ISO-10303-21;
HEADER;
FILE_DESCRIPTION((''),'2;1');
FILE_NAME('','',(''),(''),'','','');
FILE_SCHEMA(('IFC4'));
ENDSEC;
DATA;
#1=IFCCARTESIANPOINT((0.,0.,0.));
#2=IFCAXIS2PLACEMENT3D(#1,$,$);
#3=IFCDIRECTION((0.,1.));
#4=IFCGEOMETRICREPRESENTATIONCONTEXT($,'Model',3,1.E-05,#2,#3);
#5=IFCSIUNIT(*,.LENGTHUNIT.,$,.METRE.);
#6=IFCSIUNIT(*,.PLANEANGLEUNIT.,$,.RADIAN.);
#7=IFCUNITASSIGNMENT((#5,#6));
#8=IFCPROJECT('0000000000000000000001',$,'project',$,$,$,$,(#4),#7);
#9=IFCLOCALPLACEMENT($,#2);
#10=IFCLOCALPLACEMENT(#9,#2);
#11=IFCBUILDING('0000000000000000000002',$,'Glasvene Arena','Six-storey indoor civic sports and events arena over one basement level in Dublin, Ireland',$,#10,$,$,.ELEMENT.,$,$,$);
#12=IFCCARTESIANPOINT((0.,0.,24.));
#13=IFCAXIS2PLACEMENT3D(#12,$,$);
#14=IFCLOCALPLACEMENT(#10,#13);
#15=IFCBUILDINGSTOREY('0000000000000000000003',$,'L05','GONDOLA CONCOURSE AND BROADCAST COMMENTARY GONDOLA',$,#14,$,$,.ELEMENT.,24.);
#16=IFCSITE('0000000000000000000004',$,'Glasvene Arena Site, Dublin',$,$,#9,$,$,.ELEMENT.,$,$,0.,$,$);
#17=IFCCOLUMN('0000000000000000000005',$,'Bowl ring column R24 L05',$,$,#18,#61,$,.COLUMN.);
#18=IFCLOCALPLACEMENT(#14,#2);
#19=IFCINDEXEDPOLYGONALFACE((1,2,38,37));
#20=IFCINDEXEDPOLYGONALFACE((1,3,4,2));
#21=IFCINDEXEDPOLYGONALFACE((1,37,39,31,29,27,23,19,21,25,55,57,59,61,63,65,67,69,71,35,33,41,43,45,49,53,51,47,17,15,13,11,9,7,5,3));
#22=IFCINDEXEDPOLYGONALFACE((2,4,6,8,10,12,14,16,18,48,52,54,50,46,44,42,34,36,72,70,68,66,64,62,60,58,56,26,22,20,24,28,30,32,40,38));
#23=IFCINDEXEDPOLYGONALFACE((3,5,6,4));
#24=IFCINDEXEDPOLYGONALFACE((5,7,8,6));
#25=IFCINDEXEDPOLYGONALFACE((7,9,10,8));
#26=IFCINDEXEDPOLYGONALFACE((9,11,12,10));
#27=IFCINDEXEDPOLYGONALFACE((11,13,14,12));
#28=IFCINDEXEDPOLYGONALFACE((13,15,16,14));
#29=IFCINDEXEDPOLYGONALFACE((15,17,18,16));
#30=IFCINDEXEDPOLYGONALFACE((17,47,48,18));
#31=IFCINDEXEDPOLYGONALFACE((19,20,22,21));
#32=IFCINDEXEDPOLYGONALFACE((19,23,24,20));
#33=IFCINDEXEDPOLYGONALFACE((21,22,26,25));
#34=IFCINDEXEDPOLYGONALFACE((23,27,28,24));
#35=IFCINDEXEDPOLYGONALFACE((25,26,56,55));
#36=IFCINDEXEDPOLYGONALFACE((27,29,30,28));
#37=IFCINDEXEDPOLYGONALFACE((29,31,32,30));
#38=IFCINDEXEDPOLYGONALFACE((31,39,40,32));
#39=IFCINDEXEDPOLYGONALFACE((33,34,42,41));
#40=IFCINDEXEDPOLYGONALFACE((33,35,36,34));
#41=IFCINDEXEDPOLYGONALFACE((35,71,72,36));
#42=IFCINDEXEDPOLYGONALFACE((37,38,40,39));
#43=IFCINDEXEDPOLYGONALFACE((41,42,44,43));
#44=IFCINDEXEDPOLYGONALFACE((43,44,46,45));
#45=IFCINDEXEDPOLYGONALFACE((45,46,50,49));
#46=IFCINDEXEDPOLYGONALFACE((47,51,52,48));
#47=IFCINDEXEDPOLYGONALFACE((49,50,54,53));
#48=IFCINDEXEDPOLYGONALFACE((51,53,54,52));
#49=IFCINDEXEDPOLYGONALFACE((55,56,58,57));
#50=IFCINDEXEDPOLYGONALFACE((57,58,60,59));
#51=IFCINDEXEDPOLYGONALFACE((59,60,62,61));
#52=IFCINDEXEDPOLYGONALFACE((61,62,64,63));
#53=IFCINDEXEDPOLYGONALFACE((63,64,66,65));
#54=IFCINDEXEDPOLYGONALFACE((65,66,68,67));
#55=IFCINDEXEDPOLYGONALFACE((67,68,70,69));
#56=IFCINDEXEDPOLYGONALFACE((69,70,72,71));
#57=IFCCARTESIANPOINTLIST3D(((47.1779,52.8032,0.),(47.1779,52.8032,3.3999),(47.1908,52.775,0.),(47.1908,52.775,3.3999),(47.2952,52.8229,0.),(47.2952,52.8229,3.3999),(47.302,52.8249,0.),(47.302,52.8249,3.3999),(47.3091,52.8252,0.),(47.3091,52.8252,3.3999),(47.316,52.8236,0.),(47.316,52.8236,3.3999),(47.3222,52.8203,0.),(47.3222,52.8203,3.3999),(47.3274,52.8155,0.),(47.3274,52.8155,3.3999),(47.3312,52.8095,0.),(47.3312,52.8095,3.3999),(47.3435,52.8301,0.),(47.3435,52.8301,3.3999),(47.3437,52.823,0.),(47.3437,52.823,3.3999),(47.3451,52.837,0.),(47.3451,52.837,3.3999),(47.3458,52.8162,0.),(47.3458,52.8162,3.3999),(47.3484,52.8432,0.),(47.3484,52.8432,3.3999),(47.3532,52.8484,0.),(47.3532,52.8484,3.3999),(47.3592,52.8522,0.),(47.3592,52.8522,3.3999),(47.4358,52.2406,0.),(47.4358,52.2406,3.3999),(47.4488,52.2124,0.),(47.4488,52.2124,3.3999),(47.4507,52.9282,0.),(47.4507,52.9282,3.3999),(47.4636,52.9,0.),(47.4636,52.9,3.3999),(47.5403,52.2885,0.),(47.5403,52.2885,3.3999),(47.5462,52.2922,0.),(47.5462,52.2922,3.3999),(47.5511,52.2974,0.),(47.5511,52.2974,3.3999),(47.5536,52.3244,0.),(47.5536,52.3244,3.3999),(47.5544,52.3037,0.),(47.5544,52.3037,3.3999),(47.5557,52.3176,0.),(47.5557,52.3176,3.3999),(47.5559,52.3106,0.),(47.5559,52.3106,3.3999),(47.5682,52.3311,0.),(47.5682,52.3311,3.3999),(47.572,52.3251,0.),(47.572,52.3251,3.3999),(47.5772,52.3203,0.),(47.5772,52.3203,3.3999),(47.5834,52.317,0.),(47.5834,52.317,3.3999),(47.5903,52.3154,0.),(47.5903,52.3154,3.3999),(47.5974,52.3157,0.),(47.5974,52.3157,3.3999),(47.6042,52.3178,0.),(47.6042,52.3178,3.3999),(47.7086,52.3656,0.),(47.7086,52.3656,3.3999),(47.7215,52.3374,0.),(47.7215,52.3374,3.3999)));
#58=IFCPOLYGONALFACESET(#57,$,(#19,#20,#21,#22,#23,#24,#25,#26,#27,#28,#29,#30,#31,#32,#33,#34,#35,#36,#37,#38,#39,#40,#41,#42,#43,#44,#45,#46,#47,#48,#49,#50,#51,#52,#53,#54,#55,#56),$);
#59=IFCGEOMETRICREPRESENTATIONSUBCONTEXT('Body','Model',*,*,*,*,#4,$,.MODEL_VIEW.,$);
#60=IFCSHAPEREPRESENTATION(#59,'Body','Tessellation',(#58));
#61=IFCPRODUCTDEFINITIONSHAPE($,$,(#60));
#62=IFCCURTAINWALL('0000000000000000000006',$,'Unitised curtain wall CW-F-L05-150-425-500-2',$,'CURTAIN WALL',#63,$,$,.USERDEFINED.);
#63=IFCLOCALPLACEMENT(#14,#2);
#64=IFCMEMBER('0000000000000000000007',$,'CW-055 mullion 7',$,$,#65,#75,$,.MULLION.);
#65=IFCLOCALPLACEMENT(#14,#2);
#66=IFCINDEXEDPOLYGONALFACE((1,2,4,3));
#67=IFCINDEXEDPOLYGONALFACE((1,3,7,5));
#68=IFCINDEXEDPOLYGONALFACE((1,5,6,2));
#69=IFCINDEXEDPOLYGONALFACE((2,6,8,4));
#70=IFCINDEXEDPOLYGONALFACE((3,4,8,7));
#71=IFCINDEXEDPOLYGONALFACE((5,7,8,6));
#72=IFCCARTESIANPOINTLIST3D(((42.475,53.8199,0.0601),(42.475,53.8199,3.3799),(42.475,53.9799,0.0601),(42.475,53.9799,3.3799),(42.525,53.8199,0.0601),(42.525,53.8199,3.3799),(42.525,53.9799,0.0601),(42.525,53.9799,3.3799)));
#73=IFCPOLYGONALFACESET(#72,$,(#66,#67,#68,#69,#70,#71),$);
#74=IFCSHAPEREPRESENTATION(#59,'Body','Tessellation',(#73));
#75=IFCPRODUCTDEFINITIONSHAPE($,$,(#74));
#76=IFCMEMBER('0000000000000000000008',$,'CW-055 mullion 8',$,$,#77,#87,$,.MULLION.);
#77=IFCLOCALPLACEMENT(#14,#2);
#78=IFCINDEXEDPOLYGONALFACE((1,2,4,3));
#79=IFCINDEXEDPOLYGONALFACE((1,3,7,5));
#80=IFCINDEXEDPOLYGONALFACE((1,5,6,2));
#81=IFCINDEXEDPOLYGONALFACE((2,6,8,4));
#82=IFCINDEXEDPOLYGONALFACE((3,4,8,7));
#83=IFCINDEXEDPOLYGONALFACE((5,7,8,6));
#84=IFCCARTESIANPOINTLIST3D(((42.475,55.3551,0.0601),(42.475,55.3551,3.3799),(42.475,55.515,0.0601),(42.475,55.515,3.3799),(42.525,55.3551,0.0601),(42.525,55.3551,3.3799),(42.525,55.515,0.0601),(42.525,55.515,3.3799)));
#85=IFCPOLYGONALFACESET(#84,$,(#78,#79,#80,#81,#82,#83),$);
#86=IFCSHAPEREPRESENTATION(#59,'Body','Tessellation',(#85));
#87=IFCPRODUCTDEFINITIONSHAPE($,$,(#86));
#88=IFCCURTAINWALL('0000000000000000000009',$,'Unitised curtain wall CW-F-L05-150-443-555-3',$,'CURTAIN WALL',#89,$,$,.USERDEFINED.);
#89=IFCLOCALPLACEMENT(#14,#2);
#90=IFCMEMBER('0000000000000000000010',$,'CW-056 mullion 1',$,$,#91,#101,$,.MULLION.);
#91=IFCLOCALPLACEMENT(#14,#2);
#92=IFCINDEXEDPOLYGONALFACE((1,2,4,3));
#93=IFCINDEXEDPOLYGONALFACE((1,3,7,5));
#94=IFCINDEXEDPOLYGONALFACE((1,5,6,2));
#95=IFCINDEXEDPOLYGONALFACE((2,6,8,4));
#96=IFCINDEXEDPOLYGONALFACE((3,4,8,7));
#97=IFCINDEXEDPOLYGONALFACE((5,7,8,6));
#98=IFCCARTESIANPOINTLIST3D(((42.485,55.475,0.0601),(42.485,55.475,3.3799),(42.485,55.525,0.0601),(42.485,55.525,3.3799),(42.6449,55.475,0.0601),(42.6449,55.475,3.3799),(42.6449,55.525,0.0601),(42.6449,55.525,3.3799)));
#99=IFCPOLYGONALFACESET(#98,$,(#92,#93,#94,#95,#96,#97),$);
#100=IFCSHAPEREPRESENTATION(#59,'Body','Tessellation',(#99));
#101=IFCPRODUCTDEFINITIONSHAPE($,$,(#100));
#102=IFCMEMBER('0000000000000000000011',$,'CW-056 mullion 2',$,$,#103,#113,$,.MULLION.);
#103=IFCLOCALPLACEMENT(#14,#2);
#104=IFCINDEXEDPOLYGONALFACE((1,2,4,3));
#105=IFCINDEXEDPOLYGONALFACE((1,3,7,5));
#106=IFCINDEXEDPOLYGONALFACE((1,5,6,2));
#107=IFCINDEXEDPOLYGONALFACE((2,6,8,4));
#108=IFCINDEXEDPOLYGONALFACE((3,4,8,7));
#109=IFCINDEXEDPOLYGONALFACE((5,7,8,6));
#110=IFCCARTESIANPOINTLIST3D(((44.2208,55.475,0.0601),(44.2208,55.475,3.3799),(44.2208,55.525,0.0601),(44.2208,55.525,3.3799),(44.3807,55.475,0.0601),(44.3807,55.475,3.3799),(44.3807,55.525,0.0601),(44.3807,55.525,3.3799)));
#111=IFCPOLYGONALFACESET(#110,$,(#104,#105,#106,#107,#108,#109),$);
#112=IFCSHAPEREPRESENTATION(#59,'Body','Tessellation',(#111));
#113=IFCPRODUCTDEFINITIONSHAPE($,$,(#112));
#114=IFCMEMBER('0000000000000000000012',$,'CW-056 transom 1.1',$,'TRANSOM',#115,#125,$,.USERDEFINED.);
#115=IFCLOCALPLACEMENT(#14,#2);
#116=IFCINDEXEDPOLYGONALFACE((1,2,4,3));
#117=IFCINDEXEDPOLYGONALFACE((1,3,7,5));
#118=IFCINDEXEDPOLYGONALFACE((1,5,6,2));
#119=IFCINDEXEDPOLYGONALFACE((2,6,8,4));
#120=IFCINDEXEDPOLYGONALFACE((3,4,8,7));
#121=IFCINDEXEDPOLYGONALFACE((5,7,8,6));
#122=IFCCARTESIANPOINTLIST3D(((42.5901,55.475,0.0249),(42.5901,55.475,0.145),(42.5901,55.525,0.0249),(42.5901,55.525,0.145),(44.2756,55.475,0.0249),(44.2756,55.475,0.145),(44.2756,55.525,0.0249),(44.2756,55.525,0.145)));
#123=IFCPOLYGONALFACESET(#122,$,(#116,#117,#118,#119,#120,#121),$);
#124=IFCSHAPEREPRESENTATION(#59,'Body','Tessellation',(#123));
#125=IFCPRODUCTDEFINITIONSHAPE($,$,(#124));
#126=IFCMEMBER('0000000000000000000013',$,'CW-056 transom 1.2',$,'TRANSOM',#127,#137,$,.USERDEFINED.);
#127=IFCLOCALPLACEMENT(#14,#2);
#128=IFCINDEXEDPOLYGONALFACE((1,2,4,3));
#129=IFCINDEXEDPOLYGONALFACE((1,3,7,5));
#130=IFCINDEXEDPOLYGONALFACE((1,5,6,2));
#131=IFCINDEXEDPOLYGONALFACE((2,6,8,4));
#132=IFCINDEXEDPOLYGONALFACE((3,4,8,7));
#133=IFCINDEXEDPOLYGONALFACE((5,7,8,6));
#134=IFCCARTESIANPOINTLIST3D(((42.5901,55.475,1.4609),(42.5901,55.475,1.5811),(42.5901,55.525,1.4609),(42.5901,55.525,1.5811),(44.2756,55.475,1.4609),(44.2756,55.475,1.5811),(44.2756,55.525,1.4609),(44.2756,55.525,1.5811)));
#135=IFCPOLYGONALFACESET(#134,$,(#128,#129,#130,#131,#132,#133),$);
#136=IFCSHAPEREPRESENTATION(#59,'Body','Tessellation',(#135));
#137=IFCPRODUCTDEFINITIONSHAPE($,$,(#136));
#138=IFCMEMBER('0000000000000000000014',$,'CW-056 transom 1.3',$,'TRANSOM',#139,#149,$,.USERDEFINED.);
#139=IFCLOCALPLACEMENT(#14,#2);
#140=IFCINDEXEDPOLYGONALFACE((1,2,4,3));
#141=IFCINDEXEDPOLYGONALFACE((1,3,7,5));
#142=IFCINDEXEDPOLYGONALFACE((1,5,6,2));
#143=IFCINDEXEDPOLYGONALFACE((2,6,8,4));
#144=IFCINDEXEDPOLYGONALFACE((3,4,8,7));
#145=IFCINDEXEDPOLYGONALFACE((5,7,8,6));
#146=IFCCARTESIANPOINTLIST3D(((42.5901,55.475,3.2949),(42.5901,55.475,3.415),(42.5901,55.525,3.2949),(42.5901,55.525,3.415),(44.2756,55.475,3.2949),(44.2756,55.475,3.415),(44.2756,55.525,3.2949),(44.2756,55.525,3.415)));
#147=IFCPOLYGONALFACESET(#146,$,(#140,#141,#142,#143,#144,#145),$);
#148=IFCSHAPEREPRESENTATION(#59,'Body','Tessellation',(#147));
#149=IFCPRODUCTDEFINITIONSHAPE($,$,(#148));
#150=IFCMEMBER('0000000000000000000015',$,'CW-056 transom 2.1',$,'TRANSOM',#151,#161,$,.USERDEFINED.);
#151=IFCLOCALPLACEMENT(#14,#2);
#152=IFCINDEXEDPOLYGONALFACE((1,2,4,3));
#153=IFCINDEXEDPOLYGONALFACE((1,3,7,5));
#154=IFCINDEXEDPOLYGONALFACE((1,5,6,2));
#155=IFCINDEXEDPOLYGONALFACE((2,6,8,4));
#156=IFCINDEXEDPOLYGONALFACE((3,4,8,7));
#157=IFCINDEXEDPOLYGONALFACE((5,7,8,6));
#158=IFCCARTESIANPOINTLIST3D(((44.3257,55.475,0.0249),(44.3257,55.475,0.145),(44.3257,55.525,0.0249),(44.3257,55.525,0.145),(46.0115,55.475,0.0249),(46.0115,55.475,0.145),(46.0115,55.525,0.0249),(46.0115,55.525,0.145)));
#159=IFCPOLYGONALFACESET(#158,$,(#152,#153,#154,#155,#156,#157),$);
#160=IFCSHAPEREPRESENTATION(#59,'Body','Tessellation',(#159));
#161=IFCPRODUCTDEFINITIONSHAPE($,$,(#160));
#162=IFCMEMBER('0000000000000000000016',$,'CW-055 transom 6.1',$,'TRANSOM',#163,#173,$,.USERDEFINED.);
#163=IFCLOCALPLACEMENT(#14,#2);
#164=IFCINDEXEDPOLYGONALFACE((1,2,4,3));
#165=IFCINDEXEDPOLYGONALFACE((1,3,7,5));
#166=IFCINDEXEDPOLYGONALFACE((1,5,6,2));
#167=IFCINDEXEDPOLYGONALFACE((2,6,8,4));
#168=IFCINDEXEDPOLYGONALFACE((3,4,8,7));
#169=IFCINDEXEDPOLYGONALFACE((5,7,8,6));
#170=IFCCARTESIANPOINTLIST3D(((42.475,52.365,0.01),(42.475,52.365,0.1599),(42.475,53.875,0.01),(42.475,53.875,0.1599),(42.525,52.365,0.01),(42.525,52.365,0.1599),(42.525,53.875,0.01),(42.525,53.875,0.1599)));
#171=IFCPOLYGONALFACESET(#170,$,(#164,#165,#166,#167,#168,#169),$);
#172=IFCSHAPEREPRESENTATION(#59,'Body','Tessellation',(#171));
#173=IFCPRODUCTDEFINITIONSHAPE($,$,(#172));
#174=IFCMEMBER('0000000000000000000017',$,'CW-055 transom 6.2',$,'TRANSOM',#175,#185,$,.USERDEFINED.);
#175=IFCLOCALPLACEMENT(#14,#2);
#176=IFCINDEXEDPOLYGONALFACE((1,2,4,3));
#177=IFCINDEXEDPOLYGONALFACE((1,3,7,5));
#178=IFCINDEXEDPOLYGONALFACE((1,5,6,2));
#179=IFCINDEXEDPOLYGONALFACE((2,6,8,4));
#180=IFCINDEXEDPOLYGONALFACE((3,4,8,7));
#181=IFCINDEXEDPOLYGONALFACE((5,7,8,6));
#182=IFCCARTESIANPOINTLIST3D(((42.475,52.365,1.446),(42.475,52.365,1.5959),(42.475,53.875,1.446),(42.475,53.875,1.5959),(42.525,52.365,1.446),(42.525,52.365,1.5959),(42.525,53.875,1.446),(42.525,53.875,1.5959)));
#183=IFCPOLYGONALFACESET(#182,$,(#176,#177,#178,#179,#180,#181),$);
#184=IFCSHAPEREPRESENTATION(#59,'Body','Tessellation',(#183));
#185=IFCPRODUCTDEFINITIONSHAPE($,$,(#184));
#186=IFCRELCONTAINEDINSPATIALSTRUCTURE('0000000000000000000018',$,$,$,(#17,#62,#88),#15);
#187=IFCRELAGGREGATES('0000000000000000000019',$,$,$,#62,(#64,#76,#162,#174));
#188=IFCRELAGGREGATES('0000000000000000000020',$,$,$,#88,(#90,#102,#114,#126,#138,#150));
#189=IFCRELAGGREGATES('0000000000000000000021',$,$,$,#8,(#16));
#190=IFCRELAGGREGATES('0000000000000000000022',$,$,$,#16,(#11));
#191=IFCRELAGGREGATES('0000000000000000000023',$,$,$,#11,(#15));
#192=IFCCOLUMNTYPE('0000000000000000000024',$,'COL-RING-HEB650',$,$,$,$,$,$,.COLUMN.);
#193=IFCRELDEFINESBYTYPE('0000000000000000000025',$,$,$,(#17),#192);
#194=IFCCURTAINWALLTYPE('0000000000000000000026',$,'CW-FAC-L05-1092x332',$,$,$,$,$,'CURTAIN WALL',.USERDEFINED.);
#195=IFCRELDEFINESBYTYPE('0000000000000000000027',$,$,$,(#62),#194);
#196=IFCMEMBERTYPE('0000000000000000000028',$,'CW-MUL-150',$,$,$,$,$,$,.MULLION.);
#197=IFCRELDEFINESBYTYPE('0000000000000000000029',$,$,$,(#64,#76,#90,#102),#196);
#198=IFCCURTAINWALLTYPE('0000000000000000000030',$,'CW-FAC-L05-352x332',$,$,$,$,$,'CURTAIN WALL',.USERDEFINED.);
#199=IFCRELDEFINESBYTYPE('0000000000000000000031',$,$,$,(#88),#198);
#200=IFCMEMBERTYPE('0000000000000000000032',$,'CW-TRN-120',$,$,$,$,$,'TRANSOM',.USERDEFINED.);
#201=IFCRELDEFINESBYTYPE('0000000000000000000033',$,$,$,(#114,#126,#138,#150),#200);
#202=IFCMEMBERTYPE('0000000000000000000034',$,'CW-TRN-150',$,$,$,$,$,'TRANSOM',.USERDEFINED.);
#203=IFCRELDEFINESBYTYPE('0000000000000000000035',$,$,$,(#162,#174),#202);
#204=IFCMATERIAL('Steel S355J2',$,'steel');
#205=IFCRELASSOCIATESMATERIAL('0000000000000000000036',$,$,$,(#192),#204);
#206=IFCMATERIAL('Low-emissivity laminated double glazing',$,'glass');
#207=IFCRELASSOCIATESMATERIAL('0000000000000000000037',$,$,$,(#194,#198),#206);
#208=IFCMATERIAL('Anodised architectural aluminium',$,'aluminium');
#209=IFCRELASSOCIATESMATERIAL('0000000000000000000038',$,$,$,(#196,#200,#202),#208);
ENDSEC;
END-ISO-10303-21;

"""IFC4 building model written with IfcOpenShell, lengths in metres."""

from ifc_helpers import new_model, si_unit, direction, frame, origin, origin_2d, place, context, subcontext, project, spatial, rectangle, i_section, extrude, material, material_profile, profile_set, type_object, element, aggregate, save


model = new_model("IFC4")

# Units and contexts
model_context = context("Model", 3, precision=1e-05, world=origin(), true_north=direction((0.0, 1.0)))
body_context = subcontext(model_context, "Body", "Model", "MODEL_VIEW")
ifc_project = project(units=[si_unit("LENGTHUNIT", "METRE"), si_unit("PLANEANGLEUNIT", "RADIAN")], contexts=[model_context])

# Site, building, storey
site_placement = place(None, origin())
site = spatial("IfcSite", under=ifc_project, at=site_placement, Name="Glasvene Arena Site, Dublin", CompositionType="ELEMENT", RefElevation=0.0)
building_placement = place(site_placement, origin())
building = spatial("IfcBuilding", under=site, at=building_placement, Name="Glasvene Arena", Description="Six-storey indoor civic sports and events arena over one basement level in Dublin, Ireland", CompositionType="ELEMENT")
storey_placement = place(building_placement, frame((0.0, 0.0, 24.0)))
storey = spatial("IfcBuildingStorey", under=building, at=storey_placement, Name="L05", Description="GONDOLA CONCOURSE AND BROADCAST COMMENTARY GONDOLA", CompositionType="ELEMENT", Elevation=24.0)

# Column
ifc_material_1 = material(Name="Steel S355J2", Category="steel")
ifc_material_profile_1 = material_profile(ifc_material_1, i_section(OverallWidth=0.3, OverallDepth=0.6499, WebThickness=0.0161, FlangeThickness=0.031, FilletRadius=0.0271, at=origin_2d()), Name="HEB 650")
ifc_profile_set_1 = profile_set([ifc_material_profile_1], Name="Steel S355J2")
column_type = type_object("IfcColumnType", Name="COL-RING-HEB650", PredefinedType="COLUMN", material=ifc_profile_set_1)
column_placement = place(storey_placement, frame((47.4497, 52.5703, 0.0), z_axis=(0.0, 0.0, 1.0), x_axis=(-0.909018, -0.416757, 0.0)))
element("IfcColumn", 1, at=column_placement, inside=storey, type_object=column_type, Name="Bowl ring column R24 L05", PredefinedType="COLUMN", context=body_context, shape_type="SweptSolid", body=[
    extrude(i_section(OverallWidth=0.3, OverallDepth=0.6499, WebThickness=0.0161, FlangeThickness=0.031, FilletRadius=0.0271, at=origin_2d()), origin(), (0.0, 0.0, 1.0), 3.3999),
])

# Curtain walls, members
ifc_material_2 = material(Name="Low-emissivity laminated double glazing", Category="glass")
curtain_wall_type_1 = type_object("IfcCurtainWallType", Name="CW-FAC-L05-1092x332", ElementType="CURTAIN WALL", PredefinedType="USERDEFINED", material=ifc_material_2)
curtain_wall_1_placement = place(storey_placement, frame((42.5, 44.54, 0.0)))
curtain_wall_1 = element("IfcCurtainWall", 2, at=curtain_wall_1_placement, inside=storey, type_object=curtain_wall_type_1, Name="Unitised curtain wall CW-F-L05-150-425-500-2", ObjectType="CURTAIN WALL", PredefinedType="USERDEFINED")
ifc_material_3 = material(Name="Anodised architectural aluminium", Category="aluminium")
ifc_material_profile_2 = material_profile(ifc_material_3, rectangle(XDim=0.05, YDim=0.1599, at=origin_2d()), Name="ALU MULLION 50x160")
ifc_profile_set_2 = profile_set([ifc_material_profile_2], Name="Anodised architectural aluminium")
member_type_1 = type_object("IfcMemberType", Name="CW-MUL-150", PredefinedType="MULLION", material=ifc_profile_set_2)
member_1_placement = place(storey_placement, frame((42.5, 53.8999, 0.0601), z_axis=(0.0, 0.0, 1.0), x_axis=(-1.0, 0.0, 0.0)))
member_1 = element("IfcMember", 3, at=member_1_placement, type_object=member_type_1, Name="CW-055 mullion 7", PredefinedType="MULLION", context=body_context, shape_type="SweptSolid", body=[
    extrude(rectangle(XDim=0.05, YDim=0.1599, at=origin_2d()), origin(), (0.0, 0.0, 1.0), 3.3198),
])
member_2_placement = place(storey_placement, frame((42.5, 55.4351, 0.0601), z_axis=(0.0, 0.0, 1.0), x_axis=(-1.0, 0.0, 0.0)))
member_2 = element("IfcMember", 4, at=member_2_placement, type_object=member_type_1, Name="CW-055 mullion 8", PredefinedType="MULLION", context=body_context, shape_type="SweptSolid", body=[
    extrude(rectangle(XDim=0.05, YDim=0.1599, at=origin_2d()), origin(), (0.0, 0.0, 1.0), 3.3198),
])
curtain_wall_type_2 = type_object("IfcCurtainWallType", Name="CW-FAC-L05-352x332", ElementType="CURTAIN WALL", PredefinedType="USERDEFINED", material=ifc_material_2)
curtain_wall_2_placement = place(storey_placement, frame((42.54, 55.5, 0.0)))
curtain_wall_2 = element("IfcCurtainWall", 5, at=curtain_wall_2_placement, inside=storey, type_object=curtain_wall_type_2, Name="Unitised curtain wall CW-F-L05-150-443-555-3", ObjectType="CURTAIN WALL", PredefinedType="USERDEFINED")
member_3_placement = place(storey_placement, frame((42.5649, 55.5, 0.0601), z_axis=(0.0, 0.0, 1.0), x_axis=(0.0, 1.0, 0.0)))
member_3 = element("IfcMember", 6, at=member_3_placement, type_object=member_type_1, Name="CW-056 mullion 1", PredefinedType="MULLION", context=body_context, shape_type="SweptSolid", body=[
    extrude(rectangle(XDim=0.05, YDim=0.1599, at=origin_2d()), origin(), (0.0, 0.0, 1.0), 3.3198),
])
member_4_placement = place(storey_placement, frame((44.3008, 55.5, 0.0601), z_axis=(0.0, 0.0, 1.0), x_axis=(0.0, 1.0, 0.0)))
member_4 = element("IfcMember", 7, at=member_4_placement, type_object=member_type_1, Name="CW-056 mullion 2", PredefinedType="MULLION", context=body_context, shape_type="SweptSolid", body=[
    extrude(rectangle(XDim=0.05, YDim=0.1599, at=origin_2d()), origin(), (0.0, 0.0, 1.0), 3.3198),
])
ifc_material_profile_3 = material_profile(ifc_material_3, rectangle(XDim=0.05, YDim=0.1201, at=origin_2d()), Name="ALU TRANSOM 50x120")
ifc_profile_set_3 = profile_set([ifc_material_profile_3], Name="Anodised architectural aluminium")
member_type_2 = type_object("IfcMemberType", Name="CW-TRN-120", ElementType="TRANSOM", PredefinedType="USERDEFINED", material=ifc_profile_set_3)
member_5_placement = place(storey_placement, frame((42.5901, 55.5, 0.085), z_axis=(1.0, 0.0, 0.0), x_axis=(0.0, 1.0, 0.0)))
member_5 = element("IfcMember", 8, at=member_5_placement, type_object=member_type_2, Name="CW-056 transom 1.1", ObjectType="TRANSOM", PredefinedType="USERDEFINED", context=body_context, shape_type="SweptSolid", body=[
    extrude(rectangle(XDim=0.05, YDim=0.1201, at=origin_2d()), origin(), (0.0, 0.0, 1.0), 1.6855),
])
member_6_placement = place(storey_placement, frame((42.5901, 55.5, 1.521), z_axis=(1.0, 0.0, 0.0), x_axis=(0.0, 1.0, 0.0)))
member_6 = element("IfcMember", 9, at=member_6_placement, type_object=member_type_2, Name="CW-056 transom 1.2", ObjectType="TRANSOM", PredefinedType="USERDEFINED", context=body_context, shape_type="SweptSolid", body=[
    extrude(rectangle(XDim=0.05, YDim=0.1201, at=origin_2d()), origin(), (0.0, 0.0, 1.0), 1.6855),
])
member_7_placement = place(storey_placement, frame((42.5901, 55.5, 3.355), z_axis=(1.0, 0.0, 0.0), x_axis=(0.0, 1.0, 0.0)))
member_7 = element("IfcMember", 10, at=member_7_placement, type_object=member_type_2, Name="CW-056 transom 1.3", ObjectType="TRANSOM", PredefinedType="USERDEFINED", context=body_context, shape_type="SweptSolid", body=[
    extrude(rectangle(XDim=0.05, YDim=0.1201, at=origin_2d()), origin(), (0.0, 0.0, 1.0), 1.6855),
])
member_8_placement = place(storey_placement, frame((44.3257, 55.5, 0.085), z_axis=(1.0, 0.0, 0.0), x_axis=(0.0, 1.0, 0.0)))
member_8 = element("IfcMember", 11, at=member_8_placement, type_object=member_type_2, Name="CW-056 transom 2.1", ObjectType="TRANSOM", PredefinedType="USERDEFINED", context=body_context, shape_type="SweptSolid", body=[
    extrude(rectangle(XDim=0.05, YDim=0.1201, at=origin_2d()), origin(), (0.0, 0.0, 1.0), 1.6858),
])

# Members
ifc_material_profile_4 = material_profile(ifc_material_3, rectangle(XDim=0.05, YDim=0.1499, at=origin_2d()), Name="ALU TRANSOM 50x150")
ifc_profile_set_4 = profile_set([ifc_material_profile_4], Name="Anodised architectural aluminium")
member_type_3 = type_object("IfcMemberType", Name="CW-TRN-150", ElementType="TRANSOM", PredefinedType="USERDEFINED", material=ifc_profile_set_4)
member_9_placement = place(storey_placement, frame((42.5, 52.365, 0.085), z_axis=(0.0, 1.0, 0.0), x_axis=(-1.0, 0.0, 0.0)))
member_9 = element("IfcMember", 12, at=member_9_placement, type_object=member_type_3, Name="CW-055 transom 6.1", ObjectType="TRANSOM", PredefinedType="USERDEFINED", context=body_context, shape_type="SweptSolid", body=[
    extrude(rectangle(XDim=0.05, YDim=0.1499, at=origin_2d()), origin(), (0.0, 0.0, 1.0), 1.51),
])
member_10_placement = place(storey_placement, frame((42.5, 52.365, 1.521), z_axis=(0.0, 1.0, 0.0), x_axis=(-1.0, 0.0, 0.0)))
member_10 = element("IfcMember", 13, at=member_10_placement, type_object=member_type_3, Name="CW-055 transom 6.2", ObjectType="TRANSOM", PredefinedType="USERDEFINED", context=body_context, shape_type="SweptSolid", body=[
    extrude(rectangle(XDim=0.05, YDim=0.1499, at=origin_2d()), origin(), (0.0, 0.0, 1.0), 1.51),
])

aggregate(curtain_wall_1, [member_1, member_2, member_9, member_10])
aggregate(curtain_wall_2, [member_3, member_4, member_5, member_6, member_7, member_8])

save(model, "model.ifc")
